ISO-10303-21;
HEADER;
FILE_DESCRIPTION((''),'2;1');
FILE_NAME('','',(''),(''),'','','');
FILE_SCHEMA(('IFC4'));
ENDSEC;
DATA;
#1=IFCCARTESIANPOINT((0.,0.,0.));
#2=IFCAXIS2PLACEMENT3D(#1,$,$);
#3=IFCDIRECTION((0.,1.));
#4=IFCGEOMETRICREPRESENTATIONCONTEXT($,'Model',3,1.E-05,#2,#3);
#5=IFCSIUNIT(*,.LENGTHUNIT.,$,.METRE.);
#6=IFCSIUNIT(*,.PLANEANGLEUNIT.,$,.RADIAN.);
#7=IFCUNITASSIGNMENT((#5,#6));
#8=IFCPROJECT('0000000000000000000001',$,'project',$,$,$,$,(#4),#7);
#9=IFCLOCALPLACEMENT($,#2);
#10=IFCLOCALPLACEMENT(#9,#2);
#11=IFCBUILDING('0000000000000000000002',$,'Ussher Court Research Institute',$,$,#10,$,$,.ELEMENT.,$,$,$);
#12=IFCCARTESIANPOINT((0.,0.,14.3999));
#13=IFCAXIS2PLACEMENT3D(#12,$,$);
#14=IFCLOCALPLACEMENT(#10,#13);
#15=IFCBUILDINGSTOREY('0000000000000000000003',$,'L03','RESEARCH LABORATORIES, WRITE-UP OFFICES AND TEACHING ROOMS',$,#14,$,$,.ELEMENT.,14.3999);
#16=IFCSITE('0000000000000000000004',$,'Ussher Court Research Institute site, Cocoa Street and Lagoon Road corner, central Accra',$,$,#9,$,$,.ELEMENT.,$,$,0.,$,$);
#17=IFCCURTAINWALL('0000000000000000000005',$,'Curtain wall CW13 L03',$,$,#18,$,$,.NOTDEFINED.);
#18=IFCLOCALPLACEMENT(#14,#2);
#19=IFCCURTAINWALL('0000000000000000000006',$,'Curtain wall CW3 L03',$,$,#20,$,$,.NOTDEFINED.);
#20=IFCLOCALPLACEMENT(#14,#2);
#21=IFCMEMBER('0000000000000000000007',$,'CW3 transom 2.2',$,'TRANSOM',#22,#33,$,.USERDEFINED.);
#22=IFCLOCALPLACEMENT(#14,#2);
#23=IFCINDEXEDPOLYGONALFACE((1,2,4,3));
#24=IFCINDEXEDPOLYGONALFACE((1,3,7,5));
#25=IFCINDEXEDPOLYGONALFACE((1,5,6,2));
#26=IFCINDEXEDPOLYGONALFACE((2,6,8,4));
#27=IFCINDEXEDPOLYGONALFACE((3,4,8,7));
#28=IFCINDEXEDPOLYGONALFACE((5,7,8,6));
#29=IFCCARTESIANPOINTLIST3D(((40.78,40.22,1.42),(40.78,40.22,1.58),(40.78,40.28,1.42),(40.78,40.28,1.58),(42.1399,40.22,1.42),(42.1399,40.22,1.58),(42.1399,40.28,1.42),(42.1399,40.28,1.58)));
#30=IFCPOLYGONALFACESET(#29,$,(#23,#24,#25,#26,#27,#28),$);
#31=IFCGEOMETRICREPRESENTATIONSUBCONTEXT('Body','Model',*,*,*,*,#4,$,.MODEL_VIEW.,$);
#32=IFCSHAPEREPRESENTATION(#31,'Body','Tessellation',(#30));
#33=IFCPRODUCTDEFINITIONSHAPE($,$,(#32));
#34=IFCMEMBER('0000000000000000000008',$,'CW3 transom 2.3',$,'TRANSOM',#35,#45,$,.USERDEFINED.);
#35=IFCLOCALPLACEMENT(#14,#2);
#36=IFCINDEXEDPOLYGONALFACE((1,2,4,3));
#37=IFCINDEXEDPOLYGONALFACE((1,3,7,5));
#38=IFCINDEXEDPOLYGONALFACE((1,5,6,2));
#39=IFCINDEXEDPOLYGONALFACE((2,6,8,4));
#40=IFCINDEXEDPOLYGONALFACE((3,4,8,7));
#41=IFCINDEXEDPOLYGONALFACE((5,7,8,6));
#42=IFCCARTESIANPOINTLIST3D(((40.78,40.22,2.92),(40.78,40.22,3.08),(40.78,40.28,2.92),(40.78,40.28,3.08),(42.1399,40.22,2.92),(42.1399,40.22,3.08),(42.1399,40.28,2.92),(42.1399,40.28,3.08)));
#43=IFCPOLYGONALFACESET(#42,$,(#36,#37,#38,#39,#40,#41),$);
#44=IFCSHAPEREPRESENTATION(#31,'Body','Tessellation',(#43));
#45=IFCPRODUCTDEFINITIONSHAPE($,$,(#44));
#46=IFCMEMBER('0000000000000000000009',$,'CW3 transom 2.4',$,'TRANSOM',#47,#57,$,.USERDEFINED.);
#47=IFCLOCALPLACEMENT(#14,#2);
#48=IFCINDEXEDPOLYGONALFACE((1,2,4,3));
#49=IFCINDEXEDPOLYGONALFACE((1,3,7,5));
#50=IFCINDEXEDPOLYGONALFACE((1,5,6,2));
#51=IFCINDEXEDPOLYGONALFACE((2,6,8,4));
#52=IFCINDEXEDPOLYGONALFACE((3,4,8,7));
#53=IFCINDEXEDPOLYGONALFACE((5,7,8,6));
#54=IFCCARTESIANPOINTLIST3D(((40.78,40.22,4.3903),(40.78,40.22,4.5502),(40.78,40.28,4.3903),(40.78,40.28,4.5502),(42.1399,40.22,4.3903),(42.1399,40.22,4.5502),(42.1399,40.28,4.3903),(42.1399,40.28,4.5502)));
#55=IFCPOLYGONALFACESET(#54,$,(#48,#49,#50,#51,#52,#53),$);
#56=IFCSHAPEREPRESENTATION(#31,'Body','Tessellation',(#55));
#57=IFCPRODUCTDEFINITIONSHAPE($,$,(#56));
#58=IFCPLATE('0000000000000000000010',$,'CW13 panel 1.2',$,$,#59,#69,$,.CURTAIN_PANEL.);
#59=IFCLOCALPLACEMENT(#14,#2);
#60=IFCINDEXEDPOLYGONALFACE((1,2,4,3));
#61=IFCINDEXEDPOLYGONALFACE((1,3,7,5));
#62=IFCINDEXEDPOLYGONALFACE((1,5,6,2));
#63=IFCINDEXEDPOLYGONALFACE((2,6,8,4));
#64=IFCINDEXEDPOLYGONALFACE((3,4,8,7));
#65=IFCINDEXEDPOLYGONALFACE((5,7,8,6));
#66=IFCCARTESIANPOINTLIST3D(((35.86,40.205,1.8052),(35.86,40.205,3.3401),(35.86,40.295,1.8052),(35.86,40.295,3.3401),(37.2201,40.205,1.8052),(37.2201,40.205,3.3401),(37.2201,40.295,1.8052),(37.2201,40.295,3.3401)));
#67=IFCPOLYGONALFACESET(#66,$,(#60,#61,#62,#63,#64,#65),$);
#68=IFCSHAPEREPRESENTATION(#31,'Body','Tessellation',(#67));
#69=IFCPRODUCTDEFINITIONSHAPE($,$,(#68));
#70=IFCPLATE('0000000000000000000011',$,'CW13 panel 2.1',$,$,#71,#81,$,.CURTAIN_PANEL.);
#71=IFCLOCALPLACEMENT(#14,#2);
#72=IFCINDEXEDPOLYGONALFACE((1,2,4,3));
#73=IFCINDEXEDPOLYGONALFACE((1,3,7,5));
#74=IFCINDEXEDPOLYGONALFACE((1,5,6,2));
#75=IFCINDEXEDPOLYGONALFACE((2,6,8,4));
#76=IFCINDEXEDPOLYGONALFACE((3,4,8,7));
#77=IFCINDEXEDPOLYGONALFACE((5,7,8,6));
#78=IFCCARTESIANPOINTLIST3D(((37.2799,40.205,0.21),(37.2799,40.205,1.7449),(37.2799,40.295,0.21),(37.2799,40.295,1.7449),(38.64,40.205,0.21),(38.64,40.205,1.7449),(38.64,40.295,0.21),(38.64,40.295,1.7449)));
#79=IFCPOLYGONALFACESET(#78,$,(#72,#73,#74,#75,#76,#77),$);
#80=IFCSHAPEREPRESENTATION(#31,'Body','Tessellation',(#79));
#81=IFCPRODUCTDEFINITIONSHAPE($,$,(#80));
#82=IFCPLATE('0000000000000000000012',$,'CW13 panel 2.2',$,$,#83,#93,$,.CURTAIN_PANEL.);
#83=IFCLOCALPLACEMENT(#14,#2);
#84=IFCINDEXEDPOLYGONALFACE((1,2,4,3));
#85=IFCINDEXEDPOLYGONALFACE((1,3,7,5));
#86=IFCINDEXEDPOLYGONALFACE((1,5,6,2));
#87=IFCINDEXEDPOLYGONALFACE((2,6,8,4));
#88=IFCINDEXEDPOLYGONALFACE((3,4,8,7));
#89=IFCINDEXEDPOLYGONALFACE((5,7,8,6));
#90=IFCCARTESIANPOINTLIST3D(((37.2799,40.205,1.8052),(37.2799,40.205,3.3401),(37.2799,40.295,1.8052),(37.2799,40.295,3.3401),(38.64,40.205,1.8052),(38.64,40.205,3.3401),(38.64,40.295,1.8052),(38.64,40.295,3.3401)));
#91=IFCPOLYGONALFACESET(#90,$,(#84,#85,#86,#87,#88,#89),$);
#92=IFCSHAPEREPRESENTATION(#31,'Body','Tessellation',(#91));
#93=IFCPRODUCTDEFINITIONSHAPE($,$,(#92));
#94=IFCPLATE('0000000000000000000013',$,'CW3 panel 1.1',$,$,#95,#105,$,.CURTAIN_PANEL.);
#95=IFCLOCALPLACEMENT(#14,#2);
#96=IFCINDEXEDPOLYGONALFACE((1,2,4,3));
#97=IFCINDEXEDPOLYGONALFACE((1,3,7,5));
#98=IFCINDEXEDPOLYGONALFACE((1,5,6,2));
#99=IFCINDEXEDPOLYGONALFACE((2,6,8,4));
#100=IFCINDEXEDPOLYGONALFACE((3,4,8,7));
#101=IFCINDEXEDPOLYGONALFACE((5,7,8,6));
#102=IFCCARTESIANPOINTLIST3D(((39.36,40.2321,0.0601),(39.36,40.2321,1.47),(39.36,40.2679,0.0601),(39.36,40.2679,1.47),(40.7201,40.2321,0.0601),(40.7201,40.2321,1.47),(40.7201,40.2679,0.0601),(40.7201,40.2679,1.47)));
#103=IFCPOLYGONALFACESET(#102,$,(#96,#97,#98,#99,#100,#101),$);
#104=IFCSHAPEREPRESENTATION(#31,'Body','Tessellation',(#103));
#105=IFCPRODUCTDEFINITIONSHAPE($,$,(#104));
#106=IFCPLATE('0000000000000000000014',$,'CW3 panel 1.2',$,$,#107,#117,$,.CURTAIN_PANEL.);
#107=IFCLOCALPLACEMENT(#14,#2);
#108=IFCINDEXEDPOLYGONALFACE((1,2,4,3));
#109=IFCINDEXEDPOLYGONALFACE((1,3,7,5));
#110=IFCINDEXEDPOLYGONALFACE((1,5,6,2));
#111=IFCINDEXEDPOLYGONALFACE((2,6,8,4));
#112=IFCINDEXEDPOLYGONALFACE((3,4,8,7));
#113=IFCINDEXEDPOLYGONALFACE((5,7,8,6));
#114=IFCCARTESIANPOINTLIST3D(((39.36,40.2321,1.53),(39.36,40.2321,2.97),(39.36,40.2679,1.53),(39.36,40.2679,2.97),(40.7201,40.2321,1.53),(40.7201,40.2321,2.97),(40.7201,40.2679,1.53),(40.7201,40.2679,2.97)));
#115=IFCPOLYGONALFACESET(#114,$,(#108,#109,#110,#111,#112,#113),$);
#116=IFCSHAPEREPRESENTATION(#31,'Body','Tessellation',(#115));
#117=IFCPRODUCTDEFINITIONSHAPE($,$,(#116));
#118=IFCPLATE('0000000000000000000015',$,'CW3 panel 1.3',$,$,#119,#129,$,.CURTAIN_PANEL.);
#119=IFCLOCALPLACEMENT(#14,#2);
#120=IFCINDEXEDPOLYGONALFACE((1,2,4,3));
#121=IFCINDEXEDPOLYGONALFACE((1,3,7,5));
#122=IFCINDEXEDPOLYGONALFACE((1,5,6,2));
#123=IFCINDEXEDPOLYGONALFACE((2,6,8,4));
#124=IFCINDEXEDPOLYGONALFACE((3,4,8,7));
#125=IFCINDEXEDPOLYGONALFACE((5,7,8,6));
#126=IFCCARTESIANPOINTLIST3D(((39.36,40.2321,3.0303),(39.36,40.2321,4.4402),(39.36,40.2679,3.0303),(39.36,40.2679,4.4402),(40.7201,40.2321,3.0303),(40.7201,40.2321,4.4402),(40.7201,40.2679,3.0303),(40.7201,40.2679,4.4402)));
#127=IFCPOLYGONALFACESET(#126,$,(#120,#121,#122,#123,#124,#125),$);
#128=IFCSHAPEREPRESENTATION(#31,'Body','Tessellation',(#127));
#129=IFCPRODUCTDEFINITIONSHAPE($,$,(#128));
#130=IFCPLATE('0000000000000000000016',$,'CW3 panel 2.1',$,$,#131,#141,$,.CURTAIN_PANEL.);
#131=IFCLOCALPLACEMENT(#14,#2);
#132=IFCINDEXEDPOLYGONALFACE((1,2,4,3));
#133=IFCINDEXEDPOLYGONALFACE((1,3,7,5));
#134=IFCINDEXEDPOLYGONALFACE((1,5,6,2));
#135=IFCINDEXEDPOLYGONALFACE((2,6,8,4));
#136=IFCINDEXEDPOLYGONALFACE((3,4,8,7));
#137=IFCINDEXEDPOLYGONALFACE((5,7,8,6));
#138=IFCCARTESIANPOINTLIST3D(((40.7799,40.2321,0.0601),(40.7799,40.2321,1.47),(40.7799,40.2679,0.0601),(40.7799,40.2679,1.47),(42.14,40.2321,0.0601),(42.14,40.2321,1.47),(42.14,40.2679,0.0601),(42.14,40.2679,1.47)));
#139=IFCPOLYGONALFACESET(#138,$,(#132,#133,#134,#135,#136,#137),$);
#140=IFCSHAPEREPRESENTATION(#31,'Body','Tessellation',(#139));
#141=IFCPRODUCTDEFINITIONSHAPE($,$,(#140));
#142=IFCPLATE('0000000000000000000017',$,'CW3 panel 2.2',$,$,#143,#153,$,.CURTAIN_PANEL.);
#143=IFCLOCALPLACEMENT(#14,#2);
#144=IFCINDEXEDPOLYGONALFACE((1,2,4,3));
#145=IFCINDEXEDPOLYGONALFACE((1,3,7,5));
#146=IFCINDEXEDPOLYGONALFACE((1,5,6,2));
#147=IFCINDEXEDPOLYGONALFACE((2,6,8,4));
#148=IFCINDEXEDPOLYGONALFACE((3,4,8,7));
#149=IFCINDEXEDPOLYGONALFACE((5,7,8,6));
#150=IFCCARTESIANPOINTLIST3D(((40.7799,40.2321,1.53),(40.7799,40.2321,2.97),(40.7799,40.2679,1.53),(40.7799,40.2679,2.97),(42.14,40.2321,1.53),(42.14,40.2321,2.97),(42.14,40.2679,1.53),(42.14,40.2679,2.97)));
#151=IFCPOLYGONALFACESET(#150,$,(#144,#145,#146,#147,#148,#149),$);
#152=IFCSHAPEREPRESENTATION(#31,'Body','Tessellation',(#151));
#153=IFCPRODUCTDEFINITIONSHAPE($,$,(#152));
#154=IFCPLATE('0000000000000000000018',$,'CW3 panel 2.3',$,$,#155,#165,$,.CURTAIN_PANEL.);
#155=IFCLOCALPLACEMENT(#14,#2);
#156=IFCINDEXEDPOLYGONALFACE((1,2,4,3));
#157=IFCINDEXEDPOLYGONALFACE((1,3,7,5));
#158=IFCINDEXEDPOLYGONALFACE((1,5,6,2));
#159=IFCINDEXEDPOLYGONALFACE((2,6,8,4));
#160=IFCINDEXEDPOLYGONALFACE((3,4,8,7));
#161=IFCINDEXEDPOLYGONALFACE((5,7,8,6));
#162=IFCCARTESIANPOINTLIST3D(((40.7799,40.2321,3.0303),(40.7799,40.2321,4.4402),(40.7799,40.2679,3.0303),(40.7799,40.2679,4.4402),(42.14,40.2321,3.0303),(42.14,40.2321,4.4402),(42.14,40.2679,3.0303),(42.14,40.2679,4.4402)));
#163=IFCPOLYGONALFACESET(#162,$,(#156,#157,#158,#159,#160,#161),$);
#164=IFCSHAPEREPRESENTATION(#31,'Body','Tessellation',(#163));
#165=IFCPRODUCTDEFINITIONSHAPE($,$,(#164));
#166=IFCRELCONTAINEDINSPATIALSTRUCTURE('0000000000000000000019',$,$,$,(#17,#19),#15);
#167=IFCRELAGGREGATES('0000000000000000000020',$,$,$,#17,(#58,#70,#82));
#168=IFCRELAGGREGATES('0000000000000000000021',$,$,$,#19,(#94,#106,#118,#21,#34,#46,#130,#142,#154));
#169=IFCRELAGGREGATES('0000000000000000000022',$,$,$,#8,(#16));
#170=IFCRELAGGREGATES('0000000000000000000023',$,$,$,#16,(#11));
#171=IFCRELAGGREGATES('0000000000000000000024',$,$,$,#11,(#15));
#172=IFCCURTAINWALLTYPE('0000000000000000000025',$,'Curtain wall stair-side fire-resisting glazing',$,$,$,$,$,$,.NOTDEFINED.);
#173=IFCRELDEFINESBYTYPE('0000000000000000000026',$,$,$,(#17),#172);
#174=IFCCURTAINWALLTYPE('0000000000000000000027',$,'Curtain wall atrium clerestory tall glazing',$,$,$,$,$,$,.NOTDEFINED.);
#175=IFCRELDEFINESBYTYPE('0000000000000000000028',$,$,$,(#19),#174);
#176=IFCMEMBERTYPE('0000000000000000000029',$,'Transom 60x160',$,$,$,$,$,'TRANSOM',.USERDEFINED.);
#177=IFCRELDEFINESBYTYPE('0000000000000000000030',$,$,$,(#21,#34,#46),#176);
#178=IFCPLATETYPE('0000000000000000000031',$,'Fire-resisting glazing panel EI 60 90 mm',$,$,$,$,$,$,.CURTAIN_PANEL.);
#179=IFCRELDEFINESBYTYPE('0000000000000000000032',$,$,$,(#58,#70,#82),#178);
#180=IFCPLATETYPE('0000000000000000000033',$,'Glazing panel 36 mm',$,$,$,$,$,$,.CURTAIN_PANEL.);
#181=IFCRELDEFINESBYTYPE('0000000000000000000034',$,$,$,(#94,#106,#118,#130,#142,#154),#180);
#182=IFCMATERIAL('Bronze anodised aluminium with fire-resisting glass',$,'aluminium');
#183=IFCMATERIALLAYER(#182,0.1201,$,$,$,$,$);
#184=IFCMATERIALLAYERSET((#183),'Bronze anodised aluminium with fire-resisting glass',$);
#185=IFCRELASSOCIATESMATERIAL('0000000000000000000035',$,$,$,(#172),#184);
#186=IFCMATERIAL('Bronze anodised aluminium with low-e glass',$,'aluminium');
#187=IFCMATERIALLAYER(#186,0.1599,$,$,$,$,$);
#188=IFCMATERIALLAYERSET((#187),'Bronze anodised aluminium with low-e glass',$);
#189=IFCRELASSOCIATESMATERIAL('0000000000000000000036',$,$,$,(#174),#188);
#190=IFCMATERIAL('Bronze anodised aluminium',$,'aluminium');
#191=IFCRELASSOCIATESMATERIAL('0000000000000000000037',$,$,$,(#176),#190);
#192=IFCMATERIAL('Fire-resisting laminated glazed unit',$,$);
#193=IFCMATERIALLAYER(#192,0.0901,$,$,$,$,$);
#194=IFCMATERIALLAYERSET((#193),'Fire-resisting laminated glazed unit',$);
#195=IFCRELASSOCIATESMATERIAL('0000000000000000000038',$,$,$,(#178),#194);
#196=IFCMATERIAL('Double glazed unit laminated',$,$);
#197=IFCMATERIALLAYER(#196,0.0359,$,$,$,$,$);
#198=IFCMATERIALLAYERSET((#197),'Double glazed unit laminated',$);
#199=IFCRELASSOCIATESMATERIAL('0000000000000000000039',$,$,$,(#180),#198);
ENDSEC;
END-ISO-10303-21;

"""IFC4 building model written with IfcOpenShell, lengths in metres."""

from ifc_helpers import new_model, si_unit, direction, frame, origin, origin_2d, place, context, subcontext, project, spatial, rectangle, extrude, material, layer, layer_set, material_profile, profile_set, type_object, element, aggregate, save


model = new_model("IFC4")

# Units and contexts
model_context = context("Model", 3, precision=1e-05, world=origin(), true_north=direction((0.0, 1.0)))
body_context = subcontext(model_context, "Body", "Model", "MODEL_VIEW")
ifc_project = project(units=[si_unit("LENGTHUNIT", "METRE"), si_unit("PLANEANGLEUNIT", "RADIAN")], contexts=[model_context])

# Site, building, storey
site_placement = place(None, origin())
site = spatial("IfcSite", under=ifc_project, at=site_placement, Name="Ussher Court Research Institute site, Cocoa Street and Lagoon Road corner, central Accra", CompositionType="ELEMENT", RefElevation=0.0)
building_placement = place(site_placement, origin())
building = spatial("IfcBuilding", under=site, at=building_placement, Name="Ussher Court Research Institute", CompositionType="ELEMENT")
storey_placement = place(building_placement, frame((0.0, 0.0, 14.3999)))
storey = spatial("IfcBuildingStorey", under=building, at=storey_placement, Name="L03", Description="RESEARCH LABORATORIES, WRITE-UP OFFICES AND TEACHING ROOMS", CompositionType="ELEMENT", Elevation=14.3999)

# Curtain walls
ifc_material_1 = material(Name="Bronze anodised aluminium with fire-resisting glass", Category="aluminium")
ifc_layer_1 = layer(ifc_material_1, 0.1201)
ifc_layer_set_1 = layer_set([ifc_layer_1], Name="Bronze anodised aluminium with fire-resisting glass")
curtain_wall_type_1 = type_object("IfcCurtainWallType", Name="Curtain wall stair-side fire-resisting glazing", PredefinedType="NOTDEFINED", material=ifc_layer_set_1)
curtain_wall_1_placement = place(storey_placement, origin())
curtain_wall_1 = element("IfcCurtainWall", 1, at=curtain_wall_1_placement, inside=storey, type_object=curtain_wall_type_1, Name="Curtain wall CW13 L03", PredefinedType="NOTDEFINED")
ifc_material_2 = material(Name="Bronze anodised aluminium with low-e glass", Category="aluminium")
ifc_layer_2 = layer(ifc_material_2, 0.1599)
ifc_layer_set_2 = layer_set([ifc_layer_2], Name="Bronze anodised aluminium with low-e glass")
curtain_wall_type_2 = type_object("IfcCurtainWallType", Name="Curtain wall atrium clerestory tall glazing", PredefinedType="NOTDEFINED", material=ifc_layer_set_2)
curtain_wall_2_placement = place(storey_placement, origin())
curtain_wall_2 = element("IfcCurtainWall", 2, at=curtain_wall_2_placement, inside=storey, type_object=curtain_wall_type_2, Name="Curtain wall CW3 L03", PredefinedType="NOTDEFINED")

# Members
ifc_material_3 = material(Name="Bronze anodised aluminium", Category="aluminium")
ifc_material_profile_1 = material_profile(ifc_material_3, rectangle(XDim=0.0601, YDim=0.1599, at=origin_2d()), Name="Transom 60x160")
ifc_profile_set_1 = profile_set([ifc_material_profile_1], Name="Bronze anodised aluminium")
member_type_1 = type_object("IfcMemberType", Name="Transom 60x160", ElementType="TRANSOM", PredefinedType="USERDEFINED", material=ifc_profile_set_1)
member_1_placement = place(storey_placement, frame((40.78, 40.25, 1.5), z_axis=(1.0, 0.0, 0.0), x_axis=(0.0, 1.0, 0.0)))
member_1 = element("IfcMember", 3, at=member_1_placement, type_object=member_type_1, Name="CW3 transom 2.2", ObjectType="TRANSOM", PredefinedType="USERDEFINED", context=body_context, shape_type="SweptSolid", body=[
    extrude(rectangle(XDim=0.0601, YDim=0.1599, at=origin_2d()), origin(), (0.0, 0.0, 1.0), 1.3599),
])
member_2_placement = place(storey_placement, frame((40.78, 40.25, 3.0), z_axis=(1.0, 0.0, 0.0), x_axis=(0.0, 1.0, 0.0)))
member_2 = element("IfcMember", 4, at=member_2_placement, type_object=member_type_1, Name="CW3 transom 2.3", ObjectType="TRANSOM", PredefinedType="USERDEFINED", context=body_context, shape_type="SweptSolid", body=[
    extrude(rectangle(XDim=0.0601, YDim=0.1599, at=origin_2d()), origin(), (0.0, 0.0, 1.0), 1.3599),
])
member_3_placement = place(storey_placement, frame((40.78, 40.25, 4.4702), z_axis=(1.0, 0.0, 0.0), x_axis=(0.0, 1.0, 0.0)))
member_3 = element("IfcMember", 5, at=member_3_placement, type_object=member_type_1, Name="CW3 transom 2.4", ObjectType="TRANSOM", PredefinedType="USERDEFINED", context=body_context, shape_type="SweptSolid", body=[
    extrude(rectangle(XDim=0.0601, YDim=0.1599, at=origin_2d()), origin(), (0.0, 0.0, 1.0), 1.3599),
])

# Plates
ifc_material_4 = material(Name="Fire-resisting laminated glazed unit")
ifc_layer_3 = layer(ifc_material_4, 0.0901)
ifc_layer_set_3 = layer_set([ifc_layer_3], Name="Fire-resisting laminated glazed unit")
plate_type_1 = type_object("IfcPlateType", Name="Fire-resisting glazing panel EI 60 90 mm", PredefinedType="CURTAIN_PANEL", material=ifc_layer_set_3)
plate_1_placement = place(storey_placement, frame((36.54, 40.25, 1.8052), z_axis=(0.0, 0.0, 1.0), x_axis=(1.0, 0.0, 0.0)))
plate_1 = element("IfcPlate", 6, at=plate_1_placement, type_object=plate_type_1, Name="CW13 panel 1.2", PredefinedType="CURTAIN_PANEL", context=body_context, shape_type="SweptSolid", body=[
    extrude(rectangle(XDim=1.3601, YDim=0.0901, at=origin_2d()), origin(), (0.0, 0.0, 1.0), 1.5349),
])
plate_2_placement = place(storey_placement, frame((37.96, 40.25, 0.21), z_axis=(0.0, 0.0, 1.0), x_axis=(1.0, 0.0, 0.0)))
plate_2 = element("IfcPlate", 7, at=plate_2_placement, type_object=plate_type_1, Name="CW13 panel 2.1", PredefinedType="CURTAIN_PANEL", context=body_context, shape_type="SweptSolid", body=[
    extrude(rectangle(XDim=1.3601, YDim=0.0901, at=origin_2d()), origin(), (0.0, 0.0, 1.0), 1.5349),
])
plate_3_placement = place(storey_placement, frame((37.96, 40.25, 1.8052), z_axis=(0.0, 0.0, 1.0), x_axis=(1.0, 0.0, 0.0)))
plate_3 = element("IfcPlate", 8, at=plate_3_placement, type_object=plate_type_1, Name="CW13 panel 2.2", PredefinedType="CURTAIN_PANEL", context=body_context, shape_type="SweptSolid", body=[
    extrude(rectangle(XDim=1.3601, YDim=0.0901, at=origin_2d()), origin(), (0.0, 0.0, 1.0), 1.5349),
])
aggregate(curtain_wall_1, [plate_1, plate_2, plate_3])
ifc_material_5 = material(Name="Double glazed unit laminated")
ifc_layer_4 = layer(ifc_material_5, 0.0359)
ifc_layer_set_4 = layer_set([ifc_layer_4], Name="Double glazed unit laminated")
plate_type_2 = type_object("IfcPlateType", Name="Glazing panel 36 mm", PredefinedType="CURTAIN_PANEL", material=ifc_layer_set_4)
plate_4_placement = place(storey_placement, frame((40.04, 40.25, 0.0601), z_axis=(0.0, 0.0, 1.0), x_axis=(1.0, 0.0, 0.0)))
plate_4 = element("IfcPlate", 9, at=plate_4_placement, type_object=plate_type_2, Name="CW3 panel 1.1", PredefinedType="CURTAIN_PANEL", context=body_context, shape_type="SweptSolid", body=[
    extrude(rectangle(XDim=1.3601, YDim=0.0359, at=origin_2d()), origin(), (0.0, 0.0, 1.0), 1.4099),
])
plate_5_placement = place(storey_placement, frame((40.04, 40.25, 1.53), z_axis=(0.0, 0.0, 1.0), x_axis=(1.0, 0.0, 0.0)))
plate_5 = element("IfcPlate", 10, at=plate_5_placement, type_object=plate_type_2, Name="CW3 panel 1.2", PredefinedType="CURTAIN_PANEL", context=body_context, shape_type="SweptSolid", body=[
    extrude(rectangle(XDim=1.3601, YDim=0.0359, at=origin_2d()), origin(), (0.0, 0.0, 1.0), 1.4399),
])
plate_6_placement = place(storey_placement, frame((40.04, 40.25, 3.0303), z_axis=(0.0, 0.0, 1.0), x_axis=(1.0, 0.0, 0.0)))
plate_6 = element("IfcPlate", 11, at=plate_6_placement, type_object=plate_type_2, Name="CW3 panel 1.3", PredefinedType="CURTAIN_PANEL", context=body_context, shape_type="SweptSolid", body=[
    extrude(rectangle(XDim=1.3601, YDim=0.0359, at=origin_2d()), origin(), (0.0, 0.0, 1.0), 1.4099),
])
plate_7_placement = place(storey_placement, frame((41.46, 40.25, 0.0601), z_axis=(0.0, 0.0, 1.0), x_axis=(1.0, 0.0, 0.0)))
plate_7 = element("IfcPlate", 12, at=plate_7_placement, type_object=plate_type_2, Name="CW3 panel 2.1", PredefinedType="CURTAIN_PANEL", context=body_context, shape_type="SweptSolid", body=[
    extrude(rectangle(XDim=1.3601, YDim=0.0359, at=origin_2d()), origin(), (0.0, 0.0, 1.0), 1.4099),
])
plate_8_placement = place(storey_placement, frame((41.46, 40.25, 1.53), z_axis=(0.0, 0.0, 1.0), x_axis=(1.0, 0.0, 0.0)))
plate_8 = element("IfcPlate", 13, at=plate_8_placement, type_object=plate_type_2, Name="CW3 panel 2.2", PredefinedType="CURTAIN_PANEL", context=body_context, shape_type="SweptSolid", body=[
    extrude(rectangle(XDim=1.3601, YDim=0.0359, at=origin_2d()), origin(), (0.0, 0.0, 1.0), 1.4399),
])
plate_9_placement = place(storey_placement, frame((41.46, 40.25, 3.0303), z_axis=(0.0, 0.0, 1.0), x_axis=(1.0, 0.0, 0.0)))
plate_9 = element("IfcPlate", 14, at=plate_9_placement, type_object=plate_type_2, Name="CW3 panel 2.3", PredefinedType="CURTAIN_PANEL", context=body_context, shape_type="SweptSolid", body=[
    extrude(rectangle(XDim=1.3601, YDim=0.0359, at=origin_2d()), origin(), (0.0, 0.0, 1.0), 1.4099),
])
aggregate(curtain_wall_2, [plate_4, plate_5, plate_6, member_1, member_2, member_3, plate_7, plate_8, plate_9])

save(model, "model.ifc")
